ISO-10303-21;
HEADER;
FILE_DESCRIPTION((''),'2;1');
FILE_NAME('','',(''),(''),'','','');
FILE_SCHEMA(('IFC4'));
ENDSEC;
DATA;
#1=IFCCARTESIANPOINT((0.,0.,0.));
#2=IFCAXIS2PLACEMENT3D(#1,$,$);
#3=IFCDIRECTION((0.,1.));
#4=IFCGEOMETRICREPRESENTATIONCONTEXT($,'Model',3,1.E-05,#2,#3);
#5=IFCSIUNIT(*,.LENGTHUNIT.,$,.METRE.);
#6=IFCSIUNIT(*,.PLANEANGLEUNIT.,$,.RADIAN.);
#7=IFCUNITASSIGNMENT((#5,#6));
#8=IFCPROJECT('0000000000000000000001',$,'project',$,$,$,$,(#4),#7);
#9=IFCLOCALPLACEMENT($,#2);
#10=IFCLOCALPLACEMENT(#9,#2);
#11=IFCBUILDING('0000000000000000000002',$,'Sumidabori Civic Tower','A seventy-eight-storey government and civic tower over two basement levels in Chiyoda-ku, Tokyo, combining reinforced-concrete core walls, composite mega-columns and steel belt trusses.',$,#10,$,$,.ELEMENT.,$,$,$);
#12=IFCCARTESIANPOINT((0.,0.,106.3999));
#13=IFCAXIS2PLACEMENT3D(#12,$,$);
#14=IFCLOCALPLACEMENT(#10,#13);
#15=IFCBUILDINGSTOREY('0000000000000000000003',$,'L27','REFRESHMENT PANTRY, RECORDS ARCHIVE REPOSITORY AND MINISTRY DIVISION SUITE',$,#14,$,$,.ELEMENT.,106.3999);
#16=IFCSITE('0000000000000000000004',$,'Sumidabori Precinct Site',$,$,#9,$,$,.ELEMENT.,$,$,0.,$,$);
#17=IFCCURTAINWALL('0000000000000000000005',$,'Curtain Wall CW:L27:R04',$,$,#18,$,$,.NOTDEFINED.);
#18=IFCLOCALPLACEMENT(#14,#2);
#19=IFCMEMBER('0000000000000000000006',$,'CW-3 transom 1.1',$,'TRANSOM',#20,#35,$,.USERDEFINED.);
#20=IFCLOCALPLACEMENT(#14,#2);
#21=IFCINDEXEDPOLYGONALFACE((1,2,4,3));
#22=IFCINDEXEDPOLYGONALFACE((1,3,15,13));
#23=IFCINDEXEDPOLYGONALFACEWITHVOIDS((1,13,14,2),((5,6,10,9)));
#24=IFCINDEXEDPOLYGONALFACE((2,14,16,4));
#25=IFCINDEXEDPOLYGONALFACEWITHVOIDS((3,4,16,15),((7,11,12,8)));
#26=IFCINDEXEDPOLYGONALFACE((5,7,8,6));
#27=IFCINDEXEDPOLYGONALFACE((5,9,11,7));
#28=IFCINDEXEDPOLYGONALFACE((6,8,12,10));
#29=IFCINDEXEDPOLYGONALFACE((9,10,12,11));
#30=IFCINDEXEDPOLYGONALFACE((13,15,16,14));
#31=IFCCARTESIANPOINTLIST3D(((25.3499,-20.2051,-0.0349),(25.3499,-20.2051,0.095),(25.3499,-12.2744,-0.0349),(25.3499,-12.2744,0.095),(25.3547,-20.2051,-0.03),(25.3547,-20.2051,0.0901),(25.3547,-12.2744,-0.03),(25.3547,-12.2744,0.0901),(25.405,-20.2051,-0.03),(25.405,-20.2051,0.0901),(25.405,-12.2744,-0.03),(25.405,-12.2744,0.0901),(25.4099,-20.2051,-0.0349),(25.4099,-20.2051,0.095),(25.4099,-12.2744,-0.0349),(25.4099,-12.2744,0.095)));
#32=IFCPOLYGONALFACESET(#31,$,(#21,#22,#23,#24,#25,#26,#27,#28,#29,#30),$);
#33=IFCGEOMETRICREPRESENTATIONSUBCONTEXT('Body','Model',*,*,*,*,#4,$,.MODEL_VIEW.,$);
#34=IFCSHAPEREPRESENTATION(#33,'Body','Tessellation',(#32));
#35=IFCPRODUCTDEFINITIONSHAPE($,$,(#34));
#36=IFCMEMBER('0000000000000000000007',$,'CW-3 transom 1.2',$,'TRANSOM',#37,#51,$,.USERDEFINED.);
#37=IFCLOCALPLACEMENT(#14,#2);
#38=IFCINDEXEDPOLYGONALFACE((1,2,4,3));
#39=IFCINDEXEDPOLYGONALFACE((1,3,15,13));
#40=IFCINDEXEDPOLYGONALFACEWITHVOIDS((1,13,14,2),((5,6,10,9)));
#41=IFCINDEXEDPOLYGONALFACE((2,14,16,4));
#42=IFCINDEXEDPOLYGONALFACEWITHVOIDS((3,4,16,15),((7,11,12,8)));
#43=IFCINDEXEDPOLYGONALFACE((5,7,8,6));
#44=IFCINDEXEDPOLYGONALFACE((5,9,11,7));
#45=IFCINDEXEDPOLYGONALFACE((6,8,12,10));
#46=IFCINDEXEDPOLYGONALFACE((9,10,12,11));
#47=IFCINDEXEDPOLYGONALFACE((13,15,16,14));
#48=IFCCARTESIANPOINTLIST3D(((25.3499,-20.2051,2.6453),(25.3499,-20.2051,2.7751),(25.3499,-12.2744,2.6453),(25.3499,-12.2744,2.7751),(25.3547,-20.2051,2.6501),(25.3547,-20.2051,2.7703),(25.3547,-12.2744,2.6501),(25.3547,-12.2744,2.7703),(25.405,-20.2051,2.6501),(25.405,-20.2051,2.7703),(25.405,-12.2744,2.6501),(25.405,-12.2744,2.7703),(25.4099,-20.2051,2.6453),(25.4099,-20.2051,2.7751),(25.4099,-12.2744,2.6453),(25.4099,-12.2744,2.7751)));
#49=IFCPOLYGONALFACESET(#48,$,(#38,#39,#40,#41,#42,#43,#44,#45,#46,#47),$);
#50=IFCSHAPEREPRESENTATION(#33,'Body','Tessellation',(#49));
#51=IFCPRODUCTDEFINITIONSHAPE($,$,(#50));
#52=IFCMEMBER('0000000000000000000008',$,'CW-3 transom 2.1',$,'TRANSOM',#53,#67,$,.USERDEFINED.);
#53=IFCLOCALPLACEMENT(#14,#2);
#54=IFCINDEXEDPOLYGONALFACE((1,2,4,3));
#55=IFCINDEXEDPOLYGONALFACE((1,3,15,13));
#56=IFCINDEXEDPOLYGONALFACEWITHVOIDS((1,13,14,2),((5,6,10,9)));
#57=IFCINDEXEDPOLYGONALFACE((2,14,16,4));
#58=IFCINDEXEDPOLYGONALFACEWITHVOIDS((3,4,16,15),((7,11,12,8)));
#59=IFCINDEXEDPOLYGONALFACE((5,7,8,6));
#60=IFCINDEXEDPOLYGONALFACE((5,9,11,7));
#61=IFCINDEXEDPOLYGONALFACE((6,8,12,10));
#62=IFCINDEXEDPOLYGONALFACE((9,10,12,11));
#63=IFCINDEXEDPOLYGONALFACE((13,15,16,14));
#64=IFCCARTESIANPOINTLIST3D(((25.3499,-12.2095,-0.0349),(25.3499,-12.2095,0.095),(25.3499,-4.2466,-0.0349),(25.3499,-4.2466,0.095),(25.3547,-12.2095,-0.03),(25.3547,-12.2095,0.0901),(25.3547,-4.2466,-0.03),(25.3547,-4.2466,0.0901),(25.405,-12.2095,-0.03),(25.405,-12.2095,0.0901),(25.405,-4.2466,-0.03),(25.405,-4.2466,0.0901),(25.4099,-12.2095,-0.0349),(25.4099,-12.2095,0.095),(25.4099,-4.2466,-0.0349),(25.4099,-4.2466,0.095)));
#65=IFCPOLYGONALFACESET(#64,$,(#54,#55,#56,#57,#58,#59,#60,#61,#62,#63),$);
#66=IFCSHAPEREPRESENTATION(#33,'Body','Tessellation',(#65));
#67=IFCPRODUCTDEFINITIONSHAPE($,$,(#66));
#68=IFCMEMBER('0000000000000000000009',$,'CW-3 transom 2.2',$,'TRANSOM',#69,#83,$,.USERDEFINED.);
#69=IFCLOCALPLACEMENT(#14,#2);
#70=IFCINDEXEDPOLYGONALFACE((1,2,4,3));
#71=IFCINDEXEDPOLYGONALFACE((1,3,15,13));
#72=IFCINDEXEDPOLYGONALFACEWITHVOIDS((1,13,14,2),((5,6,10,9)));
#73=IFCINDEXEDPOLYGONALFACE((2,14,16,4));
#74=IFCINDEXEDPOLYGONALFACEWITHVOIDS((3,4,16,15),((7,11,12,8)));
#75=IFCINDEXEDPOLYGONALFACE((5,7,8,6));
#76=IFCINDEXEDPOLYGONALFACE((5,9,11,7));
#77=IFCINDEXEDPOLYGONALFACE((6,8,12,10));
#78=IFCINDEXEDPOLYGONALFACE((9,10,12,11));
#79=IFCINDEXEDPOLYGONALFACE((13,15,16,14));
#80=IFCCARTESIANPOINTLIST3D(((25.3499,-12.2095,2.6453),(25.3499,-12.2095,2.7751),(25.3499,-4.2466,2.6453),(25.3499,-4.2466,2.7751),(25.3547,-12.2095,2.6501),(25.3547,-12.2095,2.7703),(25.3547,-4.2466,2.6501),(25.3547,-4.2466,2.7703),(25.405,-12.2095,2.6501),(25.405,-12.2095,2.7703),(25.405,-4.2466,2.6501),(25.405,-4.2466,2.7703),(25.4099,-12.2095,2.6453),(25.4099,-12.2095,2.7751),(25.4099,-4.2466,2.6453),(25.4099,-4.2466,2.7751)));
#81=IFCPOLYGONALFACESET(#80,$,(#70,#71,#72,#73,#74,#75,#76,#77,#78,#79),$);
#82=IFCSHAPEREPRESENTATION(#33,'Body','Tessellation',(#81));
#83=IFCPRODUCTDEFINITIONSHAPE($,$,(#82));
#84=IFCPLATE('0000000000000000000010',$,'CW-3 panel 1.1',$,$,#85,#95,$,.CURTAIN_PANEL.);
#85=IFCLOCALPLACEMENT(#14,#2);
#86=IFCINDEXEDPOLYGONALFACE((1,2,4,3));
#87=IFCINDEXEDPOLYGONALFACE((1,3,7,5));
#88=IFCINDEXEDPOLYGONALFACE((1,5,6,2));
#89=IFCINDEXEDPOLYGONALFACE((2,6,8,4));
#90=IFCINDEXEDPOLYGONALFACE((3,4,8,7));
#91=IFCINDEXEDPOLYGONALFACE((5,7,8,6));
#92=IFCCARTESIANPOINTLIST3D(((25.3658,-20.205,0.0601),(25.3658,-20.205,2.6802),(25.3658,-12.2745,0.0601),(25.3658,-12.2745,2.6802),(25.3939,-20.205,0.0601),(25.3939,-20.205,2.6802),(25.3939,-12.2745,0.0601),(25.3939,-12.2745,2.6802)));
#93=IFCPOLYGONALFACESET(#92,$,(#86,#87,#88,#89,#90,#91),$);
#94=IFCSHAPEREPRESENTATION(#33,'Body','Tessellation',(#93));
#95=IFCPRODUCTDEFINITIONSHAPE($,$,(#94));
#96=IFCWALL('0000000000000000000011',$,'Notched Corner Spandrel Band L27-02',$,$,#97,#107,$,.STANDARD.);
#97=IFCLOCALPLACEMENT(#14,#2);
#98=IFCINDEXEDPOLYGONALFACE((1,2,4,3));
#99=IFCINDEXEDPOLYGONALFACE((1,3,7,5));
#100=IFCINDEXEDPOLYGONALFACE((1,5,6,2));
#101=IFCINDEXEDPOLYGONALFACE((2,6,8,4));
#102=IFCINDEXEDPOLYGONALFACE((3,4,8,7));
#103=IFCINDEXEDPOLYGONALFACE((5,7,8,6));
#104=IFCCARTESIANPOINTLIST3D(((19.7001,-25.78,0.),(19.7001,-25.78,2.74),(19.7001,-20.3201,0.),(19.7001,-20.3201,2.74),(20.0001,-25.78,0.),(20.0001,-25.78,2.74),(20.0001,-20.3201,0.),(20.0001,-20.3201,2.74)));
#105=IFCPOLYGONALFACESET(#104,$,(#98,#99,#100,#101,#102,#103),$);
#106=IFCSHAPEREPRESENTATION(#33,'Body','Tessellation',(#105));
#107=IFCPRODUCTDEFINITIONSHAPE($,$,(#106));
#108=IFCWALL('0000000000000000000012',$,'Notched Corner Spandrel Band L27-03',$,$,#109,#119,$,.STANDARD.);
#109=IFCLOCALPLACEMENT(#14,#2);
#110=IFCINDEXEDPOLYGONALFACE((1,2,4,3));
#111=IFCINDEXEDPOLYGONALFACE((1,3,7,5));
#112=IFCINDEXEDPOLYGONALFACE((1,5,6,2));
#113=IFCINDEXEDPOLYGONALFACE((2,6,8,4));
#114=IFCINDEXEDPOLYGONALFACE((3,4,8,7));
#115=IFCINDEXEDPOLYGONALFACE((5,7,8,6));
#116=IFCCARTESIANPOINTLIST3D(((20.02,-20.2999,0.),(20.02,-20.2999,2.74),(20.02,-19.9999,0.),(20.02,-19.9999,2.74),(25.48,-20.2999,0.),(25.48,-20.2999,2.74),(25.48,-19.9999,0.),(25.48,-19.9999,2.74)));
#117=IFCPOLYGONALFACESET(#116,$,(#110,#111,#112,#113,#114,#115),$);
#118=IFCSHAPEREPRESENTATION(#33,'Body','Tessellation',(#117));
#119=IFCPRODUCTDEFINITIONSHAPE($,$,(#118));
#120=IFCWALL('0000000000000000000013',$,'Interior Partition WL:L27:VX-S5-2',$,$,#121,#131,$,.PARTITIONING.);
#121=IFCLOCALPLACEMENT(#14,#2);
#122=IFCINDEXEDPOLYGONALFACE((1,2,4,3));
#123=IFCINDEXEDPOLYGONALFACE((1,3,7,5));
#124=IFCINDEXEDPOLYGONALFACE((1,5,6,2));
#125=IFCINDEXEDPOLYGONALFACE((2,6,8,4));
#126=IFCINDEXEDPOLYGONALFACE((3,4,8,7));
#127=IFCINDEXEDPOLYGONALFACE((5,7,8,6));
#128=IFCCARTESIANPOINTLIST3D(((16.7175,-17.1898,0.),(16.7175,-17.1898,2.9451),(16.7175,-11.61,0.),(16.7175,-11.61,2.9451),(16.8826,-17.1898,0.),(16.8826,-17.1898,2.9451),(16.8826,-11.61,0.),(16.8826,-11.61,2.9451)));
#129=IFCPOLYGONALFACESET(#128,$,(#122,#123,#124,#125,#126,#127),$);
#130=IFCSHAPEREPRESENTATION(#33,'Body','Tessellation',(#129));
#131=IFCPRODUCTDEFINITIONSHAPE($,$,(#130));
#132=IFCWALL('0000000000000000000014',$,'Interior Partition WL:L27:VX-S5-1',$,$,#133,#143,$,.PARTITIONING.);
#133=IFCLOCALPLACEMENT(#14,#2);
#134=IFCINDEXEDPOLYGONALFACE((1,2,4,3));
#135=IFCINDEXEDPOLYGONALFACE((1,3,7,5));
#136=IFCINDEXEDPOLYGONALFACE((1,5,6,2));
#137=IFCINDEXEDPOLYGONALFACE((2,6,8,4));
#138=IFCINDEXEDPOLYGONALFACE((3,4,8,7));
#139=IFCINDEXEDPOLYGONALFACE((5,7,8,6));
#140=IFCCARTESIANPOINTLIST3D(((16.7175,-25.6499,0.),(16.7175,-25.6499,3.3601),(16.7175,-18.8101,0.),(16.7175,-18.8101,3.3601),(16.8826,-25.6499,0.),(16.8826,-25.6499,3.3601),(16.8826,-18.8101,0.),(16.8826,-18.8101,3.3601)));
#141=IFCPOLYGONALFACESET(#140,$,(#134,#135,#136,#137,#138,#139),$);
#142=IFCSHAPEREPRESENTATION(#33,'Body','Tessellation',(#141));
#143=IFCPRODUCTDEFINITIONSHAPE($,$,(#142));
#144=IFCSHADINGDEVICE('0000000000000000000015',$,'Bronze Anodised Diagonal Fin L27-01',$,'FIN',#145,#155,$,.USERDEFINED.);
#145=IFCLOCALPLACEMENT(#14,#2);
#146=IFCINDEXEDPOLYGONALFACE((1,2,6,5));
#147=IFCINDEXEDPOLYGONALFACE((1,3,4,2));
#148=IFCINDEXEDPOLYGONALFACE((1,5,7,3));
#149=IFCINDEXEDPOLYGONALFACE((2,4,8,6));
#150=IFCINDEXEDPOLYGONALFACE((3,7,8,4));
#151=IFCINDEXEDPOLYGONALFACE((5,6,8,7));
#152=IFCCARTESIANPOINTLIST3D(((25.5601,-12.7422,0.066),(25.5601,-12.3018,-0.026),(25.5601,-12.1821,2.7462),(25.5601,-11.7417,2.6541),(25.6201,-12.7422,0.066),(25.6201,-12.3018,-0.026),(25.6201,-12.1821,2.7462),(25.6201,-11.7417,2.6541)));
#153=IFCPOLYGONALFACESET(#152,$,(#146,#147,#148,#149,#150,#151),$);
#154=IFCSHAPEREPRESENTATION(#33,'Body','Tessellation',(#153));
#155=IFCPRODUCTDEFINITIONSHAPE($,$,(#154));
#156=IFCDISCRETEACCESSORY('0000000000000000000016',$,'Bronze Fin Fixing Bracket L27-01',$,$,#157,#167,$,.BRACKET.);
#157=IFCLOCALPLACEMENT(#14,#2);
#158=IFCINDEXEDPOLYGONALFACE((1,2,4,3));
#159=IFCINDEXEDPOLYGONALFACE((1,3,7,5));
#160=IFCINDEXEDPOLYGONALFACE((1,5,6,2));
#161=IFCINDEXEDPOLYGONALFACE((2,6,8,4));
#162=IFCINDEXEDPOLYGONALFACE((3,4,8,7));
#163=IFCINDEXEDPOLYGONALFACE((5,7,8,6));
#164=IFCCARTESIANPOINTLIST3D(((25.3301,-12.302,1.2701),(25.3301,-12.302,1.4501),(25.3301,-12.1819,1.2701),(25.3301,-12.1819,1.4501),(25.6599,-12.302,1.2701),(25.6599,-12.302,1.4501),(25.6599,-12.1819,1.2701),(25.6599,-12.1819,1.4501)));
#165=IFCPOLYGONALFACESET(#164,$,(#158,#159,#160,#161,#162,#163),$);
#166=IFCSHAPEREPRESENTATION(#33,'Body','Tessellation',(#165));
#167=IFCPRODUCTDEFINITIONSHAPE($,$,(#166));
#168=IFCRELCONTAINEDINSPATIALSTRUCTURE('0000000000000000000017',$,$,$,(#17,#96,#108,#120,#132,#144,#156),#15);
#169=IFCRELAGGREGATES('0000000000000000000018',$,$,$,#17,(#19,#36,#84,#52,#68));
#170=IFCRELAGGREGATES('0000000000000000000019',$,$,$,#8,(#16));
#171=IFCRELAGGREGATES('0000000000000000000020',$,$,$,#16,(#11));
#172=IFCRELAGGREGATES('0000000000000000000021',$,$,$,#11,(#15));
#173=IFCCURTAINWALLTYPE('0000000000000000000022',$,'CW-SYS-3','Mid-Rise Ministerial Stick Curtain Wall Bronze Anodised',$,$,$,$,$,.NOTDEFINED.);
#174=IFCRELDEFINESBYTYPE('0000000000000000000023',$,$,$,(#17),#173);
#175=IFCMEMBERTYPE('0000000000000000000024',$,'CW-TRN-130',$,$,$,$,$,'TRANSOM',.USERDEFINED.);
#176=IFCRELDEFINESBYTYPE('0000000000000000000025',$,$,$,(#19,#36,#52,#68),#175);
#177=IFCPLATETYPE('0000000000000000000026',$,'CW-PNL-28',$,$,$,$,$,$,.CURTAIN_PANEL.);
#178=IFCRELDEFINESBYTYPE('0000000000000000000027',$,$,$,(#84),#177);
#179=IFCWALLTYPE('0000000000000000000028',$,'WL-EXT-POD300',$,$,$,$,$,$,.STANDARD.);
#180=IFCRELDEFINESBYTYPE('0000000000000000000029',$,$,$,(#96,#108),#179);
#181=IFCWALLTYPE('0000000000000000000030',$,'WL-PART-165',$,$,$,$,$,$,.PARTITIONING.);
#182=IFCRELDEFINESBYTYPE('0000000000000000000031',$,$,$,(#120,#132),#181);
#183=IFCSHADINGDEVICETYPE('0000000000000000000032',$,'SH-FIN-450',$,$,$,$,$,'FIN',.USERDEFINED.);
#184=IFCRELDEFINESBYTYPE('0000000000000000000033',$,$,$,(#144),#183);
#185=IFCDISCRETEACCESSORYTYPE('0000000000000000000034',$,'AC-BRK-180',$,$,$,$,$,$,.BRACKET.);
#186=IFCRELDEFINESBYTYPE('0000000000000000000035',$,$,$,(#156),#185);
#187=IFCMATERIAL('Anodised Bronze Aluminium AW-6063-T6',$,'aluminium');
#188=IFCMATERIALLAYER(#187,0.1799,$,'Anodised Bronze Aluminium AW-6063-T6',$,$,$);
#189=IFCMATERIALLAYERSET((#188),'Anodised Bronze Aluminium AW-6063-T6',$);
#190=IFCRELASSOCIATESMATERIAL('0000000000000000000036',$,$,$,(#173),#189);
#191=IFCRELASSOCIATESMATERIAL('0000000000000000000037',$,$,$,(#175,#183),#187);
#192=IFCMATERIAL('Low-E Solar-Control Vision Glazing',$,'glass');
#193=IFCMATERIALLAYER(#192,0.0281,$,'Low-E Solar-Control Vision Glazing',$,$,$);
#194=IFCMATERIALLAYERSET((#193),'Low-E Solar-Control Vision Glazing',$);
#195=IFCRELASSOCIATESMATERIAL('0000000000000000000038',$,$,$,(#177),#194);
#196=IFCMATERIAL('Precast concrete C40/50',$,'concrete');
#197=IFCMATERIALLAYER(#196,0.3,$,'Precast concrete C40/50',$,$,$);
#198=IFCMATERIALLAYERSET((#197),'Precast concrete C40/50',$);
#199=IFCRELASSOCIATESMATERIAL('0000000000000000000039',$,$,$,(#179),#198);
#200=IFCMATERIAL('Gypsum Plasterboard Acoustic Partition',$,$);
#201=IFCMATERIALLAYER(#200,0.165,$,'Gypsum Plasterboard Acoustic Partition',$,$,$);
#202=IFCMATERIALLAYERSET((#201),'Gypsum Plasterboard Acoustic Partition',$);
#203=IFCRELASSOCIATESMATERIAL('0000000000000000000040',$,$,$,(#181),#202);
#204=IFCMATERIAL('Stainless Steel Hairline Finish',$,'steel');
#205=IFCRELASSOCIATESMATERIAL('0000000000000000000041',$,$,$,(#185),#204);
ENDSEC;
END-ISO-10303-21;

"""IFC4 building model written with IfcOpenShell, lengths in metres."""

from ifc_helpers import new_model, si_unit, direction, frame, frame_2d, origin, origin_2d, place, context, subcontext, project, spatial, rectangle, hollow_rectangle, extrude, source, transform, mapped, material, layer, layer_set, material_profile, profile_set, type_object, element, aggregate, save


model = new_model("IFC4")

# Units and contexts
model_context = context("Model", 3, precision=1e-05, world=origin(), true_north=direction((0.0, 1.0)))
body_context = subcontext(model_context, "Body", "Model", "MODEL_VIEW")
ifc_project = project(units=[si_unit("LENGTHUNIT", "METRE"), si_unit("PLANEANGLEUNIT", "RADIAN")], contexts=[model_context])

# Site, building, storey
site_placement = place(None, origin())
site = spatial("IfcSite", under=ifc_project, at=site_placement, Name="Sumidabori Precinct Site", CompositionType="ELEMENT", RefElevation=0.0)
building_placement = place(site_placement, origin())
building = spatial("IfcBuilding", under=site, at=building_placement, Name="Sumidabori Civic Tower", Description="A seventy-eight-storey government and civic tower over two basement levels in Chiyoda-ku, Tokyo, combining reinforced-concrete core walls, composite mega-columns and steel belt trusses.", CompositionType="ELEMENT")
storey_placement = place(building_placement, frame((0.0, 0.0, 106.3999)))
storey = spatial("IfcBuildingStorey", under=building, at=storey_placement, Name="L27", Description="REFRESHMENT PANTRY, RECORDS ARCHIVE REPOSITORY AND MINISTRY DIVISION SUITE", CompositionType="ELEMENT", Elevation=106.3999)

# Shared definitions
ifc_material_1 = material(Name="Anodised Bronze Aluminium AW-6063-T6", Category="aluminium")
ifc_layer_1 = layer(ifc_material_1, 0.1799, Name="Anodised Bronze Aluminium AW-6063-T6")
ifc_layer_set_1 = layer_set([ifc_layer_1], Name="Anodised Bronze Aluminium AW-6063-T6")
curtain_wall_type = type_object("IfcCurtainWallType", Name="CW-SYS-3", Description="Mid-Rise Ministerial Stick Curtain Wall Bronze Anodised", PredefinedType="NOTDEFINED", material=ifc_layer_set_1)

# Curtain wall, members, plate
curtain_wall_1_placement = place(storey_placement, origin())
curtain_wall_1 = element("IfcCurtainWall", 1, at=curtain_wall_1_placement, inside=storey, type_object=curtain_wall_type, Name="Curtain Wall CW:L27:R04", PredefinedType="NOTDEFINED")
ifc_material_profile_1 = material_profile(ifc_material_1, hollow_rectangle(XDim=0.0601, YDim=0.1299, WallThickness=0.0049, at=origin_2d()), Name="ALU TRANSOM 130x60")
ifc_profile_set_1 = profile_set([ifc_material_profile_1], Name="Anodised Bronze Aluminium AW-6063-T6")
member_type_1 = type_object("IfcMemberType", Name="CW-TRN-130", ElementType="TRANSOM", PredefinedType="USERDEFINED", material=ifc_profile_set_1)
shared_shape_1 = source(origin(), body_context, "Body", "SweptSolid", [
    extrude(hollow_rectangle(XDim=0.0601, YDim=0.1299, WallThickness=0.0049, at=origin_2d()), origin(), (0.0, 0.0, 1.0), 7.9307),
])
member_1_placement = place(storey_placement, frame((25.3799, -20.2051, 0.03), z_axis=(0.0, 1.0, 0.0), x_axis=(-1.0, 0.0, 0.0)))
member_1 = element("IfcMember", 2, at=member_1_placement, type_object=member_type_1, Name="CW-3 transom 1.1", ObjectType="TRANSOM", PredefinedType="USERDEFINED", context=body_context, shape_type="MappedRepresentation", body=[
    mapped(shared_shape_1, transform((0.0, 0.0, 0.0), x_axis=(1.0, 0.0, 0.0), y_axis=(0.0, 1.0, 0.0), z_axis=(0.0, 0.0, 1.0), scale=1.0)),
])
member_2_placement = place(storey_placement, frame((25.3799, -20.2051, 2.7102), z_axis=(0.0, 1.0, 0.0), x_axis=(-1.0, 0.0, 0.0)))
member_2 = element("IfcMember", 3, at=member_2_placement, type_object=member_type_1, Name="CW-3 transom 1.2", ObjectType="TRANSOM", PredefinedType="USERDEFINED", context=body_context, shape_type="MappedRepresentation", body=[
    mapped(shared_shape_1, transform((0.0, 0.0, 0.0), x_axis=(1.0, 0.0, 0.0), y_axis=(0.0, 1.0, 0.0), z_axis=(0.0, 0.0, 1.0), scale=1.0)),
])
shared_shape_2 = source(origin(), body_context, "Body", "SweptSolid", [
    extrude(hollow_rectangle(XDim=0.0601, YDim=0.1299, WallThickness=0.0049, at=origin_2d()), origin(), (0.0, 0.0, 1.0), 7.9629),
])
member_3_placement = place(storey_placement, frame((25.3799, -12.2095, 0.03), z_axis=(0.0, 1.0, 0.0), x_axis=(-1.0, 0.0, 0.0)))
member_3 = element("IfcMember", 4, at=member_3_placement, type_object=member_type_1, Name="CW-3 transom 2.1", ObjectType="TRANSOM", PredefinedType="USERDEFINED", context=body_context, shape_type="MappedRepresentation", body=[
    mapped(shared_shape_2, transform((0.0, 0.0, 0.0), x_axis=(1.0, 0.0, 0.0), y_axis=(0.0, 1.0, 0.0), z_axis=(0.0, 0.0, 1.0), scale=1.0)),
])
member_4_placement = place(storey_placement, frame((25.3799, -12.2095, 2.7102), z_axis=(0.0, 1.0, 0.0), x_axis=(-1.0, 0.0, 0.0)))
member_4 = element("IfcMember", 5, at=member_4_placement, type_object=member_type_1, Name="CW-3 transom 2.2", ObjectType="TRANSOM", PredefinedType="USERDEFINED", context=body_context, shape_type="MappedRepresentation", body=[
    mapped(shared_shape_2, transform((0.0, 0.0, 0.0), x_axis=(1.0, 0.0, 0.0), y_axis=(0.0, 1.0, 0.0), z_axis=(0.0, 0.0, 1.0), scale=1.0)),
])
ifc_material_2 = material(Name="Low-E Solar-Control Vision Glazing", Category="glass")
ifc_layer_2 = layer(ifc_material_2, 0.0281, Name="Low-E Solar-Control Vision Glazing")
ifc_layer_set_2 = layer_set([ifc_layer_2], Name="Low-E Solar-Control Vision Glazing")
plate_type = type_object("IfcPlateType", Name="CW-PNL-28", PredefinedType="CURTAIN_PANEL", material=ifc_layer_set_2)
shared_shape_3 = source(origin(), body_context, "Body", "SweptSolid", [
    extrude(rectangle(XDim=7.9304, YDim=0.0281, at=origin_2d()), origin(), (0.0, 0.0, 1.0), 2.6201),
])
plate_placement = place(storey_placement, frame((25.3799, -16.2397, 0.0601), z_axis=(0.0, 0.0, 1.0), x_axis=(0.0, 1.0, 0.0)))
plate = element("IfcPlate", 6, at=plate_placement, type_object=plate_type, Name="CW-3 panel 1.1", PredefinedType="CURTAIN_PANEL", context=body_context, shape_type="MappedRepresentation", body=[
    mapped(shared_shape_3, transform((0.0, 0.0, 0.0), x_axis=(1.0, 0.0, 0.0), y_axis=(0.0, 1.0, 0.0), z_axis=(0.0, 0.0, 1.0), scale=1.0)),
])
aggregate(curtain_wall_1, [member_1, member_2, plate, member_3, member_4])

# Walls
ifc_material_3 = material(Name="Precast concrete C40/50", Category="concrete")
ifc_layer_3 = layer(ifc_material_3, 0.3, Name="Precast concrete C40/50")
ifc_layer_set_3 = layer_set([ifc_layer_3], Name="Precast concrete C40/50")
wall_type_1 = type_object("IfcWallType", Name="WL-EXT-POD300", PredefinedType="STANDARD", material=ifc_layer_set_3)
shared_shape_4 = source(origin(), body_context, "Body", "SweptSolid", [
    extrude(rectangle(XDim=5.46, YDim=0.3, at=frame_2d((2.73, 0.0))), origin(), (0.0, 0.0, 1.0), 2.74),
])
for number, where, z_axis, x_axis, name in (
    (7, (19.8501, -25.78, 0.0), (0.0, 0.0, 1.0), (0.0, 1.0, 0.0), "Notched Corner Spandrel Band L27-02"),
    (8, (20.02, -20.1499, 0.0), (0.0, 0.0, 1.0), (1.0, 0.0, 0.0), "Notched Corner Spandrel Band L27-03"),
):
    element("IfcWall", number, at=place(storey_placement, frame(where, z_axis=z_axis, x_axis=x_axis)), inside=storey, type_object=wall_type_1, Name=name, PredefinedType="STANDARD", context=body_context, shape_type="MappedRepresentation", body=[
        mapped(shared_shape_4, transform((0.0, 0.0, 0.0), x_axis=(1.0, 0.0, 0.0), y_axis=(0.0, 1.0, 0.0), z_axis=(0.0, 0.0, 1.0), scale=1.0)),
    ])
ifc_material_4 = material(Name="Gypsum Plasterboard Acoustic Partition")
ifc_layer_4 = layer(ifc_material_4, 0.165, Name="Gypsum Plasterboard Acoustic Partition")
ifc_layer_set_4 = layer_set([ifc_layer_4], Name="Gypsum Plasterboard Acoustic Partition")
wall_type_2 = type_object("IfcWallType", Name="WL-PART-165", PredefinedType="PARTITIONING", material=ifc_layer_set_4)
shared_shape_5 = source(origin(), body_context, "Body", "SweptSolid", [
    extrude(rectangle(XDim=5.5798, YDim=0.165, at=frame_2d((2.79, 0.0))), origin(), (0.0, 0.0, 1.0), 2.9451),
])
wall_1_placement = place(storey_placement, frame((16.8, -17.1899, 0.0), z_axis=(0.0, 0.0, 1.0), x_axis=(0.0, 1.0, 0.0)))
element("IfcWall", 9, at=wall_1_placement, inside=storey, type_object=wall_type_2, Name="Interior Partition WL:L27:VX-S5-2", PredefinedType="PARTITIONING", context=body_context, shape_type="MappedRepresentation", body=[
    mapped(shared_shape_5, transform((0.0, 0.0, 0.0), x_axis=(1.0, 0.0, 0.0), y_axis=(0.0, 1.0, 0.0), z_axis=(0.0, 0.0, 1.0), scale=1.0)),
])
shared_shape_6 = source(origin(), body_context, "Body", "SweptSolid", [
    extrude(rectangle(XDim=6.8398, YDim=0.165, at=frame_2d((3.4199, 0.0))), origin(), (0.0, 0.0, 1.0), 3.3601),
])
wall_2_placement = place(storey_placement, frame((16.8, -25.6499, 0.0), z_axis=(0.0, 0.0, 1.0), x_axis=(0.0, 1.0, 0.0)))
element("IfcWall", 10, at=wall_2_placement, inside=storey, type_object=wall_type_2, Name="Interior Partition WL:L27:VX-S5-1", PredefinedType="PARTITIONING", context=body_context, shape_type="MappedRepresentation", body=[
    mapped(shared_shape_6, transform((0.0, 0.0, 0.0), x_axis=(1.0, 0.0, 0.0), y_axis=(0.0, 1.0, 0.0), z_axis=(0.0, 0.0, 1.0), scale=1.0)),
])

# Shading device
ifc_material_profile_2 = material_profile(ifc_material_1, rectangle(XDim=0.0601, YDim=0.45, at=origin_2d()), Name="BRONZE FIN 450x60")
ifc_profile_set_2 = profile_set([ifc_material_profile_2], Name="Anodised Bronze Aluminium AW-6063-T6")
shading_device_type = type_object("IfcShadingDeviceType", Name="SH-FIN-450", ElementType="FIN", PredefinedType="USERDEFINED", material=ifc_profile_set_2)
shared_shape_7 = source(origin(), body_context, "Body", "SweptSolid", [
    extrude(rectangle(XDim=0.0601, YDim=0.45, at=origin_2d()), origin(), (0.0, 0.0, 1.0), 2.738),
])
shading_device_placement = place(storey_placement, frame((25.5901, -12.522, 0.02), z_axis=(0.0, 0.204545, 0.978857), x_axis=(-1.0, 0.0, 0.0)))
element("IfcShadingDevice", 11, at=shading_device_placement, inside=storey, type_object=shading_device_type, Name="Bronze Anodised Diagonal Fin L27-01", ObjectType="FIN", PredefinedType="USERDEFINED", context=body_context, shape_type="MappedRepresentation", body=[
    mapped(shared_shape_7, transform((0.0, 0.0, 0.0), x_axis=(1.0, 0.0, 0.0), y_axis=(0.0, 1.0, 0.0), z_axis=(0.0, 0.0, 1.0), scale=1.0)),
])

# Discrete accessory
ifc_material_5 = material(Name="Stainless Steel Hairline Finish", Category="steel")
ifc_material_profile_3 = material_profile(ifc_material_5, rectangle(XDim=0.1201, YDim=0.1799, at=origin_2d()), Name="STEEL BRACKET 180x120")
ifc_profile_set_3 = profile_set([ifc_material_profile_3], Name="Stainless Steel Hairline Finish")
discrete_accessory_type = type_object("IfcDiscreteAccessoryType", Name="AC-BRK-180", PredefinedType="BRACKET", material=ifc_profile_set_3)
shared_shape_8 = source(origin(), body_context, "Body", "SweptSolid", [
    extrude(rectangle(XDim=0.1201, YDim=0.1799, at=origin_2d()), origin(), (0.0, 0.0, 1.0), 0.3298),
])
discrete_accessory_placement = place(storey_placement, frame((25.3301, -12.2419, 1.3601), z_axis=(1.0, 0.0, 0.0), x_axis=(0.0, 1.0, 0.0)))
element("IfcDiscreteAccessory", 12, at=discrete_accessory_placement, inside=storey, type_object=discrete_accessory_type, Name="Bronze Fin Fixing Bracket L27-01", PredefinedType="BRACKET", context=body_context, shape_type="MappedRepresentation", body=[
    mapped(shared_shape_8, transform((0.0, 0.0, 0.0), x_axis=(1.0, 0.0, 0.0), y_axis=(0.0, 1.0, 0.0), z_axis=(0.0, 0.0, 1.0), scale=1.0)),
])

save(model, "model.ifc")
